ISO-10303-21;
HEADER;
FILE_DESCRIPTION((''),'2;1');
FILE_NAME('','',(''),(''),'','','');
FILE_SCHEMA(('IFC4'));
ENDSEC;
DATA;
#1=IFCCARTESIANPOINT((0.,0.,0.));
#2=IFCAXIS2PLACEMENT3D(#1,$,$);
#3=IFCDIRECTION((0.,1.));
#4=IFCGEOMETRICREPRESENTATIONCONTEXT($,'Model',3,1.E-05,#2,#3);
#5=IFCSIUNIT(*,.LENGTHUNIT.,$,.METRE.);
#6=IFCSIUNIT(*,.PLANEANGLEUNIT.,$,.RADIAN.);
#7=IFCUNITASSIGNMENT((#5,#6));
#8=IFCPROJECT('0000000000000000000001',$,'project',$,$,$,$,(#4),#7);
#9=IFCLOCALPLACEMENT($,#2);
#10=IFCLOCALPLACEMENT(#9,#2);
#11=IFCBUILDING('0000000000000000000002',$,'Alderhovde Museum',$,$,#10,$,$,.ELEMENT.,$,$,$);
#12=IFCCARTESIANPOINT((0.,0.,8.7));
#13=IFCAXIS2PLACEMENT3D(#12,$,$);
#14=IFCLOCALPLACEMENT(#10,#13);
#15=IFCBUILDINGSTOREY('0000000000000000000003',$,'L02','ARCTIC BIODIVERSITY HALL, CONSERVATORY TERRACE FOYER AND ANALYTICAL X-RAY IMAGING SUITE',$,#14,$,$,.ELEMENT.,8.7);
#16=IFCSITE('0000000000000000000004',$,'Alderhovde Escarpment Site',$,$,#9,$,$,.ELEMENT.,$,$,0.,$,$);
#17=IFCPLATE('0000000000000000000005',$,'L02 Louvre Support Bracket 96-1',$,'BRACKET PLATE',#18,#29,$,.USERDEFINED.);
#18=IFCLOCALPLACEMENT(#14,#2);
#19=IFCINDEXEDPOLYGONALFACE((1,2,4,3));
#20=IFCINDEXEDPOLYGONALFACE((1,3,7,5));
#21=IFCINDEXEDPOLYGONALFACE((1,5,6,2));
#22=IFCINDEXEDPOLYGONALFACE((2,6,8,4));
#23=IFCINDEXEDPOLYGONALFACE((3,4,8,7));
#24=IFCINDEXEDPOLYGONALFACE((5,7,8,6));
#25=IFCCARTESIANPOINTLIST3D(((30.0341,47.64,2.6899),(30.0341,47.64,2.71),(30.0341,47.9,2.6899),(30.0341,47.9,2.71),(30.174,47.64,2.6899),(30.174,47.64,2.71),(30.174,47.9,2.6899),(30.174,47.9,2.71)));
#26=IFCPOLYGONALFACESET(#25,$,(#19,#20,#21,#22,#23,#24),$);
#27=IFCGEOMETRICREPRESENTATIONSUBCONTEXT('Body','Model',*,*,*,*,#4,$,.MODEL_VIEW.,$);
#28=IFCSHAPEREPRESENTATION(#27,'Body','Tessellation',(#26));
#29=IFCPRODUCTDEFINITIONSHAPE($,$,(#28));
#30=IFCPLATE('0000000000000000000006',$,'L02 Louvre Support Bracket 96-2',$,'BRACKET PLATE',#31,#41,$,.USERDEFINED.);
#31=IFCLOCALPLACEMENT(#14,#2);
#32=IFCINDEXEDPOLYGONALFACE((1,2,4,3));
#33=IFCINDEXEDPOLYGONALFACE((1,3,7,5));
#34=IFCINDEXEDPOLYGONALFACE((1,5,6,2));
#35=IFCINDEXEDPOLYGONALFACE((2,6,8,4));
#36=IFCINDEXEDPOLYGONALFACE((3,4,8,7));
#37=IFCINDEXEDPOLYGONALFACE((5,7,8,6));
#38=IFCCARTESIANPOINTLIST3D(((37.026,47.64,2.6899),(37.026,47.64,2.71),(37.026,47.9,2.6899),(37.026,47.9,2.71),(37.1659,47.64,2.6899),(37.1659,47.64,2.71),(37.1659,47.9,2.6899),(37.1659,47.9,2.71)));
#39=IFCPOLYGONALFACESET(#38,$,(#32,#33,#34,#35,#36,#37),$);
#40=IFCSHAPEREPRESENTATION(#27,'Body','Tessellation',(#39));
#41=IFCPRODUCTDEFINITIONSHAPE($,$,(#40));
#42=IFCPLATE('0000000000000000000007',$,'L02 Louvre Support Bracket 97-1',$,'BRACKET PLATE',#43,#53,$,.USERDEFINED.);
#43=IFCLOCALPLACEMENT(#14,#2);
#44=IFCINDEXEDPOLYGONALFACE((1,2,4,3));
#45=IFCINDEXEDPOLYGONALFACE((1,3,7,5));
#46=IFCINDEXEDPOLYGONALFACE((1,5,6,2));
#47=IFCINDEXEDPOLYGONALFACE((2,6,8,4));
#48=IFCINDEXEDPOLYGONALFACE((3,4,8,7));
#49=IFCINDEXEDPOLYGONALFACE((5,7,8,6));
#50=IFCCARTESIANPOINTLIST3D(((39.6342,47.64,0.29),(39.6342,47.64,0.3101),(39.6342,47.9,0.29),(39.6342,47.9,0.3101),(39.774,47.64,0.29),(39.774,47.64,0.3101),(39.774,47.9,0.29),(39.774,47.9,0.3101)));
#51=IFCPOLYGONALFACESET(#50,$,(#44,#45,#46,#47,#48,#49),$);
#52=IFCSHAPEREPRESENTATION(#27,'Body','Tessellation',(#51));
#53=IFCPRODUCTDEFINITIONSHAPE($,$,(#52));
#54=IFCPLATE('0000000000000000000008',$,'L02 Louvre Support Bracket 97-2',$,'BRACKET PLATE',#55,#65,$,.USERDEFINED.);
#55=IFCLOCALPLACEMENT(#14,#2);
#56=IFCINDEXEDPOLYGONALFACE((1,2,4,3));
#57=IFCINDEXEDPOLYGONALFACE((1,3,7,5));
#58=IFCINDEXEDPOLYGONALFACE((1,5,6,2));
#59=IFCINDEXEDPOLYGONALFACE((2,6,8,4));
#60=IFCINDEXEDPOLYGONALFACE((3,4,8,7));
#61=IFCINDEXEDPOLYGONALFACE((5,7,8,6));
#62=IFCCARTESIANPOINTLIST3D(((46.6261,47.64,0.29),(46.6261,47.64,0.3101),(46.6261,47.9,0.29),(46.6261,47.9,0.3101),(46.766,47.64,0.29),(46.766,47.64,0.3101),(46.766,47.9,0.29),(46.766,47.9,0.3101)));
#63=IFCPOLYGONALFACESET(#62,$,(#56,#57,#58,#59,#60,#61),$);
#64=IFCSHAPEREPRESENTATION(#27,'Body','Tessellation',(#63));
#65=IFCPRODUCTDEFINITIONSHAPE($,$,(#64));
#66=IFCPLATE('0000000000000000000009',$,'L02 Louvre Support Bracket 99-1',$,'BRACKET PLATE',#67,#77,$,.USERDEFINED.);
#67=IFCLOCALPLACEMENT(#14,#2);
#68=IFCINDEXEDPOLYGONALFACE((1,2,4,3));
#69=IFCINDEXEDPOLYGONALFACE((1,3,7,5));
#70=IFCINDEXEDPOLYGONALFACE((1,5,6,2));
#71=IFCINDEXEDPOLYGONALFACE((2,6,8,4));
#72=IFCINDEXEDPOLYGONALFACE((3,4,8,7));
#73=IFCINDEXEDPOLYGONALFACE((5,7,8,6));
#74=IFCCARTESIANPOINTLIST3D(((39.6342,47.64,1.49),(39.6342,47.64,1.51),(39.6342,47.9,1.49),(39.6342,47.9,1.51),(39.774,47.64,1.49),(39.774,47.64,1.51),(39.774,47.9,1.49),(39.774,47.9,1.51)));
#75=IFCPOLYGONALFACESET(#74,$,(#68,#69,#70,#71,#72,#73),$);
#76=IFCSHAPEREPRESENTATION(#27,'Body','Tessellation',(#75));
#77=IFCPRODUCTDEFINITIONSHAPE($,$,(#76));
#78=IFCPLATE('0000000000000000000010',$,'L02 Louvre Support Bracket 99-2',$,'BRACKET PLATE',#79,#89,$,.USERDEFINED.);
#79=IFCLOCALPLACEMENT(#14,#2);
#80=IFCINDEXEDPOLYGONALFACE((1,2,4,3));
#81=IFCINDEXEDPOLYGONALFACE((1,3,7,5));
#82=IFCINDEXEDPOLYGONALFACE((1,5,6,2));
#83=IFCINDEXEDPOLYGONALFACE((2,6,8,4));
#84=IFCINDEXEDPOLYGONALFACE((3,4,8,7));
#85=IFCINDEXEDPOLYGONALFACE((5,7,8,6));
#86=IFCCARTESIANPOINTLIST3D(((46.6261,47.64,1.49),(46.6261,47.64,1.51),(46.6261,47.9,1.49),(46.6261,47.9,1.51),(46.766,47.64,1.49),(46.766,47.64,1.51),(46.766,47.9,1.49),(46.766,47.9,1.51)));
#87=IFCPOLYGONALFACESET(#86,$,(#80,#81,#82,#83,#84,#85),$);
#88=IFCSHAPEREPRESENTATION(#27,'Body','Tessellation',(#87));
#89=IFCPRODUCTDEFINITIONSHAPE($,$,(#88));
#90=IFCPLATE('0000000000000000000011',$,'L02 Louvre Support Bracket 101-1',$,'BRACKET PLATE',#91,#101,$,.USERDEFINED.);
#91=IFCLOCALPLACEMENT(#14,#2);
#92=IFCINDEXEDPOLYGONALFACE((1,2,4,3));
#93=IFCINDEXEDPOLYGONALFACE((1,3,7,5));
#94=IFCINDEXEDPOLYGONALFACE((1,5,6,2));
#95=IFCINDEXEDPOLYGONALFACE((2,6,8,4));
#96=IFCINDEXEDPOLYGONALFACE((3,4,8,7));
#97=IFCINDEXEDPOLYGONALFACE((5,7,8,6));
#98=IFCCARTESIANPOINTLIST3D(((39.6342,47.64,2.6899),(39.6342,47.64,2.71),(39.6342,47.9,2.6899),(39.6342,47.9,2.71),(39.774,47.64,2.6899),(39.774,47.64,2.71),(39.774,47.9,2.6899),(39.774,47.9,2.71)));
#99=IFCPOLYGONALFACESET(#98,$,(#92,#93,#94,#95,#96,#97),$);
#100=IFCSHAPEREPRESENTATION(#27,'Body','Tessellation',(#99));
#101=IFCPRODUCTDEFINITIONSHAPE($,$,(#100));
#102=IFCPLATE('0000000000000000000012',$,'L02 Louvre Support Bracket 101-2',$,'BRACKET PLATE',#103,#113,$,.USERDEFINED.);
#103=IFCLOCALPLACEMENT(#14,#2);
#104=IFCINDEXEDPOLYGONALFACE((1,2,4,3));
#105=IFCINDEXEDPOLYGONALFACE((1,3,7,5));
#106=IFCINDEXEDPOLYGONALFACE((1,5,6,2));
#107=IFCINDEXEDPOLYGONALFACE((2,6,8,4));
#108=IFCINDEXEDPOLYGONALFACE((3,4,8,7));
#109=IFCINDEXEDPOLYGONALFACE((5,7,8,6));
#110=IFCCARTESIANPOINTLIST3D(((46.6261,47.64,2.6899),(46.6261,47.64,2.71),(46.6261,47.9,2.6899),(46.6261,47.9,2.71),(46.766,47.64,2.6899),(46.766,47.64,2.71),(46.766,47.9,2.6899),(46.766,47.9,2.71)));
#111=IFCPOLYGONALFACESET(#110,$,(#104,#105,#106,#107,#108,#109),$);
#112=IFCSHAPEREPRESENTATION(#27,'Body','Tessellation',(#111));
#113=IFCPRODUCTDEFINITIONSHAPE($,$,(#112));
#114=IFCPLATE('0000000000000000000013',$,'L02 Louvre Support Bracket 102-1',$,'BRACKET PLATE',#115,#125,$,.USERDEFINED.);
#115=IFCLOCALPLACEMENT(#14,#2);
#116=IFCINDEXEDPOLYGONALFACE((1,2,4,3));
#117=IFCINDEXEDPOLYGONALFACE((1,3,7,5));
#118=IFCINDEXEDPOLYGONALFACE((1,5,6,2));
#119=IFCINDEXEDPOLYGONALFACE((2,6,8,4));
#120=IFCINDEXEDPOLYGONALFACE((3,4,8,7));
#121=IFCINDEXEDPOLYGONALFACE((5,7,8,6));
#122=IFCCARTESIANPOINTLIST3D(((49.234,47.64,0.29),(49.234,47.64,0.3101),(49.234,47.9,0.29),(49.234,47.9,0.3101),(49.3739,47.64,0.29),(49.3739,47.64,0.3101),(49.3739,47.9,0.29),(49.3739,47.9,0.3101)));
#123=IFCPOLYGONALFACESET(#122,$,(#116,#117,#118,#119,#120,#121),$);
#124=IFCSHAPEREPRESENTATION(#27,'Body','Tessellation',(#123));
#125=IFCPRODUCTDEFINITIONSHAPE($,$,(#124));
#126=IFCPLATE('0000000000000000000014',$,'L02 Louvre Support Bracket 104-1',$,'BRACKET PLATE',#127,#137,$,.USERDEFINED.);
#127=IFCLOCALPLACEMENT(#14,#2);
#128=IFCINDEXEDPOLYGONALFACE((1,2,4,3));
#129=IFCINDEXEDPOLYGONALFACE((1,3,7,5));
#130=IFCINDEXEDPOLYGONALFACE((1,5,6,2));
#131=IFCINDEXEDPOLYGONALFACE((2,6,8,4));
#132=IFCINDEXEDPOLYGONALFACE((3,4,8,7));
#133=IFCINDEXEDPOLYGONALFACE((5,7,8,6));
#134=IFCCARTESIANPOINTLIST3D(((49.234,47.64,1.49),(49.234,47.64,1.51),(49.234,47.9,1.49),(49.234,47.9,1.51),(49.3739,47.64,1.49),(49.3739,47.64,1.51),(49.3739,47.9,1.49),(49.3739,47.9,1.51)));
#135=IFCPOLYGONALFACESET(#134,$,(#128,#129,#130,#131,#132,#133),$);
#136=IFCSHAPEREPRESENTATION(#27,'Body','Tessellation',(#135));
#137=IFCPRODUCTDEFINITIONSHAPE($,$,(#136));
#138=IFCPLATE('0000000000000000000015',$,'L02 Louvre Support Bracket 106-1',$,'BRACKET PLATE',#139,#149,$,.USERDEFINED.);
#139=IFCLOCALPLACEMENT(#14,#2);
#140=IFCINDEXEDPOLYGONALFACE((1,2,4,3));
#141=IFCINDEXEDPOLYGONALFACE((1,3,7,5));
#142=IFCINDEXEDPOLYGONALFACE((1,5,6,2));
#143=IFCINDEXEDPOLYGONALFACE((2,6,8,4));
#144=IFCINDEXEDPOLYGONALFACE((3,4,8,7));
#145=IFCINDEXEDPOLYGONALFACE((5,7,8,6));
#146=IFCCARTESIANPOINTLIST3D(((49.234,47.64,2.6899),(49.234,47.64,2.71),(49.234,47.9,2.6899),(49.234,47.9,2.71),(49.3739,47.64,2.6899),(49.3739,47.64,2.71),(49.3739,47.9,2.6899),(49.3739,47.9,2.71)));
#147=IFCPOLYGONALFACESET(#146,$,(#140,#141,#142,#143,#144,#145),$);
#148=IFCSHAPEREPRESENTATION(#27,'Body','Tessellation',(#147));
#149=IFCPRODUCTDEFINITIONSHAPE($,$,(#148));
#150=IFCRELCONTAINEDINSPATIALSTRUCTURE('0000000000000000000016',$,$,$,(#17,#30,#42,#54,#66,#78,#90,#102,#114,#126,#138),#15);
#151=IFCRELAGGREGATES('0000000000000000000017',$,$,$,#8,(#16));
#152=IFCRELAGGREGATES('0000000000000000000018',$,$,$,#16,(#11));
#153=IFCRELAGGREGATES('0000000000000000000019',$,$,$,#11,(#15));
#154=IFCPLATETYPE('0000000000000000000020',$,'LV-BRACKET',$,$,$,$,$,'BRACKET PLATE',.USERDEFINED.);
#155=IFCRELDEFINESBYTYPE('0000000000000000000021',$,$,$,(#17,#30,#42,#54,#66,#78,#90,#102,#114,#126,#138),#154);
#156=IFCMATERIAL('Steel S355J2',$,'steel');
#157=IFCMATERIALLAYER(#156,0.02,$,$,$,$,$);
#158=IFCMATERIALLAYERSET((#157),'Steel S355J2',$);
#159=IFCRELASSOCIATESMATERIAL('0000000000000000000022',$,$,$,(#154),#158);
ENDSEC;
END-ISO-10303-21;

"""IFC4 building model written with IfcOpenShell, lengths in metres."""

from ifc_helpers import new_model, si_unit, direction, frame, origin, origin_2d, place, context, subcontext, project, spatial, rectangle, extrude, material, layer, layer_set, type_object, element, save


model = new_model("IFC4")

# Units and contexts
model_context = context("Model", 3, precision=1e-05, world=origin(), true_north=direction((0.0, 1.0)))
body_context = subcontext(model_context, "Body", "Model", "MODEL_VIEW")
ifc_project = project(units=[si_unit("LENGTHUNIT", "METRE"), si_unit("PLANEANGLEUNIT", "RADIAN")], contexts=[model_context])

# Site, building, storey
site_placement = place(None, origin())
site = spatial("IfcSite", under=ifc_project, at=site_placement, Name="Alderhovde Escarpment Site", CompositionType="ELEMENT", RefElevation=0.0)
building_placement = place(site_placement, origin())
building = spatial("IfcBuilding", under=site, at=building_placement, Name="Alderhovde Museum", CompositionType="ELEMENT")
storey_placement = place(building_placement, frame((0.0, 0.0, 8.7)))
storey = spatial("IfcBuildingStorey", under=building, at=storey_placement, Name="L02", Description="ARCTIC BIODIVERSITY HALL, CONSERVATORY TERRACE FOYER AND ANALYTICAL X-RAY IMAGING SUITE", CompositionType="ELEMENT", Elevation=8.7)

# Plates
ifc_material_1 = material(Name="Steel S355J2", Category="steel")
ifc_layer_1 = layer(ifc_material_1, 0.02)
ifc_layer_set_1 = layer_set([ifc_layer_1], Name="Steel S355J2")
plate_type_1 = type_object("IfcPlateType", Name="LV-BRACKET", ElementType="BRACKET PLATE", PredefinedType="USERDEFINED", material=ifc_layer_set_1)
for number, where, z_axis, x_axis, name in (
    (1, (30.104, 47.77, 2.6899), (0.0, 0.0, 1.0), (1.0, 0.0, 0.0), "L02 Louvre Support Bracket 96-1"),
    (2, (37.0959, 47.77, 2.6899), (0.0, 0.0, 1.0), (1.0, 0.0, 0.0), "L02 Louvre Support Bracket 96-2"),
    (3, (39.7041, 47.77, 0.29), (0.0, 0.0, 1.0), (1.0, 0.0, 0.0), "L02 Louvre Support Bracket 97-1"),
    (4, (46.696, 47.77, 0.29), (0.0, 0.0, 1.0), (1.0, 0.0, 0.0), "L02 Louvre Support Bracket 97-2"),
    (5, (39.7041, 47.77, 1.49), (0.0, 0.0, 1.0), (1.0, 0.0, 0.0), "L02 Louvre Support Bracket 99-1"),
    (6, (46.696, 47.77, 1.49), (0.0, 0.0, 1.0), (1.0, 0.0, 0.0), "L02 Louvre Support Bracket 99-2"),
    (7, (39.7041, 47.77, 2.6899), (0.0, 0.0, 1.0), (1.0, 0.0, 0.0), "L02 Louvre Support Bracket 101-1"),
    (8, (46.696, 47.77, 2.6899), (0.0, 0.0, 1.0), (1.0, 0.0, 0.0), "L02 Louvre Support Bracket 101-2"),
    (9, (49.304, 47.77, 0.29), (0.0, 0.0, 1.0), (1.0, 0.0, 0.0), "L02 Louvre Support Bracket 102-1"),
    (10, (49.304, 47.77, 1.49), (0.0, 0.0, 1.0), (1.0, 0.0, 0.0), "L02 Louvre Support Bracket 104-1"),
    (11, (49.304, 47.77, 2.6899), (0.0, 0.0, 1.0), (1.0, 0.0, 0.0), "L02 Louvre Support Bracket 106-1"),
):
    element("IfcPlate", number, at=place(storey_placement, frame(where, z_axis=z_axis, x_axis=x_axis)), inside=storey, type_object=plate_type_1, Name=name, ObjectType="BRACKET PLATE", PredefinedType="USERDEFINED", context=body_context, shape_type="SweptSolid", body=[
        extrude(rectangle(XDim=0.1399, YDim=0.26, at=origin_2d()), origin(), (0.0, 0.0, 1.0), 0.02),
    ])

save(model, "model.ifc")
